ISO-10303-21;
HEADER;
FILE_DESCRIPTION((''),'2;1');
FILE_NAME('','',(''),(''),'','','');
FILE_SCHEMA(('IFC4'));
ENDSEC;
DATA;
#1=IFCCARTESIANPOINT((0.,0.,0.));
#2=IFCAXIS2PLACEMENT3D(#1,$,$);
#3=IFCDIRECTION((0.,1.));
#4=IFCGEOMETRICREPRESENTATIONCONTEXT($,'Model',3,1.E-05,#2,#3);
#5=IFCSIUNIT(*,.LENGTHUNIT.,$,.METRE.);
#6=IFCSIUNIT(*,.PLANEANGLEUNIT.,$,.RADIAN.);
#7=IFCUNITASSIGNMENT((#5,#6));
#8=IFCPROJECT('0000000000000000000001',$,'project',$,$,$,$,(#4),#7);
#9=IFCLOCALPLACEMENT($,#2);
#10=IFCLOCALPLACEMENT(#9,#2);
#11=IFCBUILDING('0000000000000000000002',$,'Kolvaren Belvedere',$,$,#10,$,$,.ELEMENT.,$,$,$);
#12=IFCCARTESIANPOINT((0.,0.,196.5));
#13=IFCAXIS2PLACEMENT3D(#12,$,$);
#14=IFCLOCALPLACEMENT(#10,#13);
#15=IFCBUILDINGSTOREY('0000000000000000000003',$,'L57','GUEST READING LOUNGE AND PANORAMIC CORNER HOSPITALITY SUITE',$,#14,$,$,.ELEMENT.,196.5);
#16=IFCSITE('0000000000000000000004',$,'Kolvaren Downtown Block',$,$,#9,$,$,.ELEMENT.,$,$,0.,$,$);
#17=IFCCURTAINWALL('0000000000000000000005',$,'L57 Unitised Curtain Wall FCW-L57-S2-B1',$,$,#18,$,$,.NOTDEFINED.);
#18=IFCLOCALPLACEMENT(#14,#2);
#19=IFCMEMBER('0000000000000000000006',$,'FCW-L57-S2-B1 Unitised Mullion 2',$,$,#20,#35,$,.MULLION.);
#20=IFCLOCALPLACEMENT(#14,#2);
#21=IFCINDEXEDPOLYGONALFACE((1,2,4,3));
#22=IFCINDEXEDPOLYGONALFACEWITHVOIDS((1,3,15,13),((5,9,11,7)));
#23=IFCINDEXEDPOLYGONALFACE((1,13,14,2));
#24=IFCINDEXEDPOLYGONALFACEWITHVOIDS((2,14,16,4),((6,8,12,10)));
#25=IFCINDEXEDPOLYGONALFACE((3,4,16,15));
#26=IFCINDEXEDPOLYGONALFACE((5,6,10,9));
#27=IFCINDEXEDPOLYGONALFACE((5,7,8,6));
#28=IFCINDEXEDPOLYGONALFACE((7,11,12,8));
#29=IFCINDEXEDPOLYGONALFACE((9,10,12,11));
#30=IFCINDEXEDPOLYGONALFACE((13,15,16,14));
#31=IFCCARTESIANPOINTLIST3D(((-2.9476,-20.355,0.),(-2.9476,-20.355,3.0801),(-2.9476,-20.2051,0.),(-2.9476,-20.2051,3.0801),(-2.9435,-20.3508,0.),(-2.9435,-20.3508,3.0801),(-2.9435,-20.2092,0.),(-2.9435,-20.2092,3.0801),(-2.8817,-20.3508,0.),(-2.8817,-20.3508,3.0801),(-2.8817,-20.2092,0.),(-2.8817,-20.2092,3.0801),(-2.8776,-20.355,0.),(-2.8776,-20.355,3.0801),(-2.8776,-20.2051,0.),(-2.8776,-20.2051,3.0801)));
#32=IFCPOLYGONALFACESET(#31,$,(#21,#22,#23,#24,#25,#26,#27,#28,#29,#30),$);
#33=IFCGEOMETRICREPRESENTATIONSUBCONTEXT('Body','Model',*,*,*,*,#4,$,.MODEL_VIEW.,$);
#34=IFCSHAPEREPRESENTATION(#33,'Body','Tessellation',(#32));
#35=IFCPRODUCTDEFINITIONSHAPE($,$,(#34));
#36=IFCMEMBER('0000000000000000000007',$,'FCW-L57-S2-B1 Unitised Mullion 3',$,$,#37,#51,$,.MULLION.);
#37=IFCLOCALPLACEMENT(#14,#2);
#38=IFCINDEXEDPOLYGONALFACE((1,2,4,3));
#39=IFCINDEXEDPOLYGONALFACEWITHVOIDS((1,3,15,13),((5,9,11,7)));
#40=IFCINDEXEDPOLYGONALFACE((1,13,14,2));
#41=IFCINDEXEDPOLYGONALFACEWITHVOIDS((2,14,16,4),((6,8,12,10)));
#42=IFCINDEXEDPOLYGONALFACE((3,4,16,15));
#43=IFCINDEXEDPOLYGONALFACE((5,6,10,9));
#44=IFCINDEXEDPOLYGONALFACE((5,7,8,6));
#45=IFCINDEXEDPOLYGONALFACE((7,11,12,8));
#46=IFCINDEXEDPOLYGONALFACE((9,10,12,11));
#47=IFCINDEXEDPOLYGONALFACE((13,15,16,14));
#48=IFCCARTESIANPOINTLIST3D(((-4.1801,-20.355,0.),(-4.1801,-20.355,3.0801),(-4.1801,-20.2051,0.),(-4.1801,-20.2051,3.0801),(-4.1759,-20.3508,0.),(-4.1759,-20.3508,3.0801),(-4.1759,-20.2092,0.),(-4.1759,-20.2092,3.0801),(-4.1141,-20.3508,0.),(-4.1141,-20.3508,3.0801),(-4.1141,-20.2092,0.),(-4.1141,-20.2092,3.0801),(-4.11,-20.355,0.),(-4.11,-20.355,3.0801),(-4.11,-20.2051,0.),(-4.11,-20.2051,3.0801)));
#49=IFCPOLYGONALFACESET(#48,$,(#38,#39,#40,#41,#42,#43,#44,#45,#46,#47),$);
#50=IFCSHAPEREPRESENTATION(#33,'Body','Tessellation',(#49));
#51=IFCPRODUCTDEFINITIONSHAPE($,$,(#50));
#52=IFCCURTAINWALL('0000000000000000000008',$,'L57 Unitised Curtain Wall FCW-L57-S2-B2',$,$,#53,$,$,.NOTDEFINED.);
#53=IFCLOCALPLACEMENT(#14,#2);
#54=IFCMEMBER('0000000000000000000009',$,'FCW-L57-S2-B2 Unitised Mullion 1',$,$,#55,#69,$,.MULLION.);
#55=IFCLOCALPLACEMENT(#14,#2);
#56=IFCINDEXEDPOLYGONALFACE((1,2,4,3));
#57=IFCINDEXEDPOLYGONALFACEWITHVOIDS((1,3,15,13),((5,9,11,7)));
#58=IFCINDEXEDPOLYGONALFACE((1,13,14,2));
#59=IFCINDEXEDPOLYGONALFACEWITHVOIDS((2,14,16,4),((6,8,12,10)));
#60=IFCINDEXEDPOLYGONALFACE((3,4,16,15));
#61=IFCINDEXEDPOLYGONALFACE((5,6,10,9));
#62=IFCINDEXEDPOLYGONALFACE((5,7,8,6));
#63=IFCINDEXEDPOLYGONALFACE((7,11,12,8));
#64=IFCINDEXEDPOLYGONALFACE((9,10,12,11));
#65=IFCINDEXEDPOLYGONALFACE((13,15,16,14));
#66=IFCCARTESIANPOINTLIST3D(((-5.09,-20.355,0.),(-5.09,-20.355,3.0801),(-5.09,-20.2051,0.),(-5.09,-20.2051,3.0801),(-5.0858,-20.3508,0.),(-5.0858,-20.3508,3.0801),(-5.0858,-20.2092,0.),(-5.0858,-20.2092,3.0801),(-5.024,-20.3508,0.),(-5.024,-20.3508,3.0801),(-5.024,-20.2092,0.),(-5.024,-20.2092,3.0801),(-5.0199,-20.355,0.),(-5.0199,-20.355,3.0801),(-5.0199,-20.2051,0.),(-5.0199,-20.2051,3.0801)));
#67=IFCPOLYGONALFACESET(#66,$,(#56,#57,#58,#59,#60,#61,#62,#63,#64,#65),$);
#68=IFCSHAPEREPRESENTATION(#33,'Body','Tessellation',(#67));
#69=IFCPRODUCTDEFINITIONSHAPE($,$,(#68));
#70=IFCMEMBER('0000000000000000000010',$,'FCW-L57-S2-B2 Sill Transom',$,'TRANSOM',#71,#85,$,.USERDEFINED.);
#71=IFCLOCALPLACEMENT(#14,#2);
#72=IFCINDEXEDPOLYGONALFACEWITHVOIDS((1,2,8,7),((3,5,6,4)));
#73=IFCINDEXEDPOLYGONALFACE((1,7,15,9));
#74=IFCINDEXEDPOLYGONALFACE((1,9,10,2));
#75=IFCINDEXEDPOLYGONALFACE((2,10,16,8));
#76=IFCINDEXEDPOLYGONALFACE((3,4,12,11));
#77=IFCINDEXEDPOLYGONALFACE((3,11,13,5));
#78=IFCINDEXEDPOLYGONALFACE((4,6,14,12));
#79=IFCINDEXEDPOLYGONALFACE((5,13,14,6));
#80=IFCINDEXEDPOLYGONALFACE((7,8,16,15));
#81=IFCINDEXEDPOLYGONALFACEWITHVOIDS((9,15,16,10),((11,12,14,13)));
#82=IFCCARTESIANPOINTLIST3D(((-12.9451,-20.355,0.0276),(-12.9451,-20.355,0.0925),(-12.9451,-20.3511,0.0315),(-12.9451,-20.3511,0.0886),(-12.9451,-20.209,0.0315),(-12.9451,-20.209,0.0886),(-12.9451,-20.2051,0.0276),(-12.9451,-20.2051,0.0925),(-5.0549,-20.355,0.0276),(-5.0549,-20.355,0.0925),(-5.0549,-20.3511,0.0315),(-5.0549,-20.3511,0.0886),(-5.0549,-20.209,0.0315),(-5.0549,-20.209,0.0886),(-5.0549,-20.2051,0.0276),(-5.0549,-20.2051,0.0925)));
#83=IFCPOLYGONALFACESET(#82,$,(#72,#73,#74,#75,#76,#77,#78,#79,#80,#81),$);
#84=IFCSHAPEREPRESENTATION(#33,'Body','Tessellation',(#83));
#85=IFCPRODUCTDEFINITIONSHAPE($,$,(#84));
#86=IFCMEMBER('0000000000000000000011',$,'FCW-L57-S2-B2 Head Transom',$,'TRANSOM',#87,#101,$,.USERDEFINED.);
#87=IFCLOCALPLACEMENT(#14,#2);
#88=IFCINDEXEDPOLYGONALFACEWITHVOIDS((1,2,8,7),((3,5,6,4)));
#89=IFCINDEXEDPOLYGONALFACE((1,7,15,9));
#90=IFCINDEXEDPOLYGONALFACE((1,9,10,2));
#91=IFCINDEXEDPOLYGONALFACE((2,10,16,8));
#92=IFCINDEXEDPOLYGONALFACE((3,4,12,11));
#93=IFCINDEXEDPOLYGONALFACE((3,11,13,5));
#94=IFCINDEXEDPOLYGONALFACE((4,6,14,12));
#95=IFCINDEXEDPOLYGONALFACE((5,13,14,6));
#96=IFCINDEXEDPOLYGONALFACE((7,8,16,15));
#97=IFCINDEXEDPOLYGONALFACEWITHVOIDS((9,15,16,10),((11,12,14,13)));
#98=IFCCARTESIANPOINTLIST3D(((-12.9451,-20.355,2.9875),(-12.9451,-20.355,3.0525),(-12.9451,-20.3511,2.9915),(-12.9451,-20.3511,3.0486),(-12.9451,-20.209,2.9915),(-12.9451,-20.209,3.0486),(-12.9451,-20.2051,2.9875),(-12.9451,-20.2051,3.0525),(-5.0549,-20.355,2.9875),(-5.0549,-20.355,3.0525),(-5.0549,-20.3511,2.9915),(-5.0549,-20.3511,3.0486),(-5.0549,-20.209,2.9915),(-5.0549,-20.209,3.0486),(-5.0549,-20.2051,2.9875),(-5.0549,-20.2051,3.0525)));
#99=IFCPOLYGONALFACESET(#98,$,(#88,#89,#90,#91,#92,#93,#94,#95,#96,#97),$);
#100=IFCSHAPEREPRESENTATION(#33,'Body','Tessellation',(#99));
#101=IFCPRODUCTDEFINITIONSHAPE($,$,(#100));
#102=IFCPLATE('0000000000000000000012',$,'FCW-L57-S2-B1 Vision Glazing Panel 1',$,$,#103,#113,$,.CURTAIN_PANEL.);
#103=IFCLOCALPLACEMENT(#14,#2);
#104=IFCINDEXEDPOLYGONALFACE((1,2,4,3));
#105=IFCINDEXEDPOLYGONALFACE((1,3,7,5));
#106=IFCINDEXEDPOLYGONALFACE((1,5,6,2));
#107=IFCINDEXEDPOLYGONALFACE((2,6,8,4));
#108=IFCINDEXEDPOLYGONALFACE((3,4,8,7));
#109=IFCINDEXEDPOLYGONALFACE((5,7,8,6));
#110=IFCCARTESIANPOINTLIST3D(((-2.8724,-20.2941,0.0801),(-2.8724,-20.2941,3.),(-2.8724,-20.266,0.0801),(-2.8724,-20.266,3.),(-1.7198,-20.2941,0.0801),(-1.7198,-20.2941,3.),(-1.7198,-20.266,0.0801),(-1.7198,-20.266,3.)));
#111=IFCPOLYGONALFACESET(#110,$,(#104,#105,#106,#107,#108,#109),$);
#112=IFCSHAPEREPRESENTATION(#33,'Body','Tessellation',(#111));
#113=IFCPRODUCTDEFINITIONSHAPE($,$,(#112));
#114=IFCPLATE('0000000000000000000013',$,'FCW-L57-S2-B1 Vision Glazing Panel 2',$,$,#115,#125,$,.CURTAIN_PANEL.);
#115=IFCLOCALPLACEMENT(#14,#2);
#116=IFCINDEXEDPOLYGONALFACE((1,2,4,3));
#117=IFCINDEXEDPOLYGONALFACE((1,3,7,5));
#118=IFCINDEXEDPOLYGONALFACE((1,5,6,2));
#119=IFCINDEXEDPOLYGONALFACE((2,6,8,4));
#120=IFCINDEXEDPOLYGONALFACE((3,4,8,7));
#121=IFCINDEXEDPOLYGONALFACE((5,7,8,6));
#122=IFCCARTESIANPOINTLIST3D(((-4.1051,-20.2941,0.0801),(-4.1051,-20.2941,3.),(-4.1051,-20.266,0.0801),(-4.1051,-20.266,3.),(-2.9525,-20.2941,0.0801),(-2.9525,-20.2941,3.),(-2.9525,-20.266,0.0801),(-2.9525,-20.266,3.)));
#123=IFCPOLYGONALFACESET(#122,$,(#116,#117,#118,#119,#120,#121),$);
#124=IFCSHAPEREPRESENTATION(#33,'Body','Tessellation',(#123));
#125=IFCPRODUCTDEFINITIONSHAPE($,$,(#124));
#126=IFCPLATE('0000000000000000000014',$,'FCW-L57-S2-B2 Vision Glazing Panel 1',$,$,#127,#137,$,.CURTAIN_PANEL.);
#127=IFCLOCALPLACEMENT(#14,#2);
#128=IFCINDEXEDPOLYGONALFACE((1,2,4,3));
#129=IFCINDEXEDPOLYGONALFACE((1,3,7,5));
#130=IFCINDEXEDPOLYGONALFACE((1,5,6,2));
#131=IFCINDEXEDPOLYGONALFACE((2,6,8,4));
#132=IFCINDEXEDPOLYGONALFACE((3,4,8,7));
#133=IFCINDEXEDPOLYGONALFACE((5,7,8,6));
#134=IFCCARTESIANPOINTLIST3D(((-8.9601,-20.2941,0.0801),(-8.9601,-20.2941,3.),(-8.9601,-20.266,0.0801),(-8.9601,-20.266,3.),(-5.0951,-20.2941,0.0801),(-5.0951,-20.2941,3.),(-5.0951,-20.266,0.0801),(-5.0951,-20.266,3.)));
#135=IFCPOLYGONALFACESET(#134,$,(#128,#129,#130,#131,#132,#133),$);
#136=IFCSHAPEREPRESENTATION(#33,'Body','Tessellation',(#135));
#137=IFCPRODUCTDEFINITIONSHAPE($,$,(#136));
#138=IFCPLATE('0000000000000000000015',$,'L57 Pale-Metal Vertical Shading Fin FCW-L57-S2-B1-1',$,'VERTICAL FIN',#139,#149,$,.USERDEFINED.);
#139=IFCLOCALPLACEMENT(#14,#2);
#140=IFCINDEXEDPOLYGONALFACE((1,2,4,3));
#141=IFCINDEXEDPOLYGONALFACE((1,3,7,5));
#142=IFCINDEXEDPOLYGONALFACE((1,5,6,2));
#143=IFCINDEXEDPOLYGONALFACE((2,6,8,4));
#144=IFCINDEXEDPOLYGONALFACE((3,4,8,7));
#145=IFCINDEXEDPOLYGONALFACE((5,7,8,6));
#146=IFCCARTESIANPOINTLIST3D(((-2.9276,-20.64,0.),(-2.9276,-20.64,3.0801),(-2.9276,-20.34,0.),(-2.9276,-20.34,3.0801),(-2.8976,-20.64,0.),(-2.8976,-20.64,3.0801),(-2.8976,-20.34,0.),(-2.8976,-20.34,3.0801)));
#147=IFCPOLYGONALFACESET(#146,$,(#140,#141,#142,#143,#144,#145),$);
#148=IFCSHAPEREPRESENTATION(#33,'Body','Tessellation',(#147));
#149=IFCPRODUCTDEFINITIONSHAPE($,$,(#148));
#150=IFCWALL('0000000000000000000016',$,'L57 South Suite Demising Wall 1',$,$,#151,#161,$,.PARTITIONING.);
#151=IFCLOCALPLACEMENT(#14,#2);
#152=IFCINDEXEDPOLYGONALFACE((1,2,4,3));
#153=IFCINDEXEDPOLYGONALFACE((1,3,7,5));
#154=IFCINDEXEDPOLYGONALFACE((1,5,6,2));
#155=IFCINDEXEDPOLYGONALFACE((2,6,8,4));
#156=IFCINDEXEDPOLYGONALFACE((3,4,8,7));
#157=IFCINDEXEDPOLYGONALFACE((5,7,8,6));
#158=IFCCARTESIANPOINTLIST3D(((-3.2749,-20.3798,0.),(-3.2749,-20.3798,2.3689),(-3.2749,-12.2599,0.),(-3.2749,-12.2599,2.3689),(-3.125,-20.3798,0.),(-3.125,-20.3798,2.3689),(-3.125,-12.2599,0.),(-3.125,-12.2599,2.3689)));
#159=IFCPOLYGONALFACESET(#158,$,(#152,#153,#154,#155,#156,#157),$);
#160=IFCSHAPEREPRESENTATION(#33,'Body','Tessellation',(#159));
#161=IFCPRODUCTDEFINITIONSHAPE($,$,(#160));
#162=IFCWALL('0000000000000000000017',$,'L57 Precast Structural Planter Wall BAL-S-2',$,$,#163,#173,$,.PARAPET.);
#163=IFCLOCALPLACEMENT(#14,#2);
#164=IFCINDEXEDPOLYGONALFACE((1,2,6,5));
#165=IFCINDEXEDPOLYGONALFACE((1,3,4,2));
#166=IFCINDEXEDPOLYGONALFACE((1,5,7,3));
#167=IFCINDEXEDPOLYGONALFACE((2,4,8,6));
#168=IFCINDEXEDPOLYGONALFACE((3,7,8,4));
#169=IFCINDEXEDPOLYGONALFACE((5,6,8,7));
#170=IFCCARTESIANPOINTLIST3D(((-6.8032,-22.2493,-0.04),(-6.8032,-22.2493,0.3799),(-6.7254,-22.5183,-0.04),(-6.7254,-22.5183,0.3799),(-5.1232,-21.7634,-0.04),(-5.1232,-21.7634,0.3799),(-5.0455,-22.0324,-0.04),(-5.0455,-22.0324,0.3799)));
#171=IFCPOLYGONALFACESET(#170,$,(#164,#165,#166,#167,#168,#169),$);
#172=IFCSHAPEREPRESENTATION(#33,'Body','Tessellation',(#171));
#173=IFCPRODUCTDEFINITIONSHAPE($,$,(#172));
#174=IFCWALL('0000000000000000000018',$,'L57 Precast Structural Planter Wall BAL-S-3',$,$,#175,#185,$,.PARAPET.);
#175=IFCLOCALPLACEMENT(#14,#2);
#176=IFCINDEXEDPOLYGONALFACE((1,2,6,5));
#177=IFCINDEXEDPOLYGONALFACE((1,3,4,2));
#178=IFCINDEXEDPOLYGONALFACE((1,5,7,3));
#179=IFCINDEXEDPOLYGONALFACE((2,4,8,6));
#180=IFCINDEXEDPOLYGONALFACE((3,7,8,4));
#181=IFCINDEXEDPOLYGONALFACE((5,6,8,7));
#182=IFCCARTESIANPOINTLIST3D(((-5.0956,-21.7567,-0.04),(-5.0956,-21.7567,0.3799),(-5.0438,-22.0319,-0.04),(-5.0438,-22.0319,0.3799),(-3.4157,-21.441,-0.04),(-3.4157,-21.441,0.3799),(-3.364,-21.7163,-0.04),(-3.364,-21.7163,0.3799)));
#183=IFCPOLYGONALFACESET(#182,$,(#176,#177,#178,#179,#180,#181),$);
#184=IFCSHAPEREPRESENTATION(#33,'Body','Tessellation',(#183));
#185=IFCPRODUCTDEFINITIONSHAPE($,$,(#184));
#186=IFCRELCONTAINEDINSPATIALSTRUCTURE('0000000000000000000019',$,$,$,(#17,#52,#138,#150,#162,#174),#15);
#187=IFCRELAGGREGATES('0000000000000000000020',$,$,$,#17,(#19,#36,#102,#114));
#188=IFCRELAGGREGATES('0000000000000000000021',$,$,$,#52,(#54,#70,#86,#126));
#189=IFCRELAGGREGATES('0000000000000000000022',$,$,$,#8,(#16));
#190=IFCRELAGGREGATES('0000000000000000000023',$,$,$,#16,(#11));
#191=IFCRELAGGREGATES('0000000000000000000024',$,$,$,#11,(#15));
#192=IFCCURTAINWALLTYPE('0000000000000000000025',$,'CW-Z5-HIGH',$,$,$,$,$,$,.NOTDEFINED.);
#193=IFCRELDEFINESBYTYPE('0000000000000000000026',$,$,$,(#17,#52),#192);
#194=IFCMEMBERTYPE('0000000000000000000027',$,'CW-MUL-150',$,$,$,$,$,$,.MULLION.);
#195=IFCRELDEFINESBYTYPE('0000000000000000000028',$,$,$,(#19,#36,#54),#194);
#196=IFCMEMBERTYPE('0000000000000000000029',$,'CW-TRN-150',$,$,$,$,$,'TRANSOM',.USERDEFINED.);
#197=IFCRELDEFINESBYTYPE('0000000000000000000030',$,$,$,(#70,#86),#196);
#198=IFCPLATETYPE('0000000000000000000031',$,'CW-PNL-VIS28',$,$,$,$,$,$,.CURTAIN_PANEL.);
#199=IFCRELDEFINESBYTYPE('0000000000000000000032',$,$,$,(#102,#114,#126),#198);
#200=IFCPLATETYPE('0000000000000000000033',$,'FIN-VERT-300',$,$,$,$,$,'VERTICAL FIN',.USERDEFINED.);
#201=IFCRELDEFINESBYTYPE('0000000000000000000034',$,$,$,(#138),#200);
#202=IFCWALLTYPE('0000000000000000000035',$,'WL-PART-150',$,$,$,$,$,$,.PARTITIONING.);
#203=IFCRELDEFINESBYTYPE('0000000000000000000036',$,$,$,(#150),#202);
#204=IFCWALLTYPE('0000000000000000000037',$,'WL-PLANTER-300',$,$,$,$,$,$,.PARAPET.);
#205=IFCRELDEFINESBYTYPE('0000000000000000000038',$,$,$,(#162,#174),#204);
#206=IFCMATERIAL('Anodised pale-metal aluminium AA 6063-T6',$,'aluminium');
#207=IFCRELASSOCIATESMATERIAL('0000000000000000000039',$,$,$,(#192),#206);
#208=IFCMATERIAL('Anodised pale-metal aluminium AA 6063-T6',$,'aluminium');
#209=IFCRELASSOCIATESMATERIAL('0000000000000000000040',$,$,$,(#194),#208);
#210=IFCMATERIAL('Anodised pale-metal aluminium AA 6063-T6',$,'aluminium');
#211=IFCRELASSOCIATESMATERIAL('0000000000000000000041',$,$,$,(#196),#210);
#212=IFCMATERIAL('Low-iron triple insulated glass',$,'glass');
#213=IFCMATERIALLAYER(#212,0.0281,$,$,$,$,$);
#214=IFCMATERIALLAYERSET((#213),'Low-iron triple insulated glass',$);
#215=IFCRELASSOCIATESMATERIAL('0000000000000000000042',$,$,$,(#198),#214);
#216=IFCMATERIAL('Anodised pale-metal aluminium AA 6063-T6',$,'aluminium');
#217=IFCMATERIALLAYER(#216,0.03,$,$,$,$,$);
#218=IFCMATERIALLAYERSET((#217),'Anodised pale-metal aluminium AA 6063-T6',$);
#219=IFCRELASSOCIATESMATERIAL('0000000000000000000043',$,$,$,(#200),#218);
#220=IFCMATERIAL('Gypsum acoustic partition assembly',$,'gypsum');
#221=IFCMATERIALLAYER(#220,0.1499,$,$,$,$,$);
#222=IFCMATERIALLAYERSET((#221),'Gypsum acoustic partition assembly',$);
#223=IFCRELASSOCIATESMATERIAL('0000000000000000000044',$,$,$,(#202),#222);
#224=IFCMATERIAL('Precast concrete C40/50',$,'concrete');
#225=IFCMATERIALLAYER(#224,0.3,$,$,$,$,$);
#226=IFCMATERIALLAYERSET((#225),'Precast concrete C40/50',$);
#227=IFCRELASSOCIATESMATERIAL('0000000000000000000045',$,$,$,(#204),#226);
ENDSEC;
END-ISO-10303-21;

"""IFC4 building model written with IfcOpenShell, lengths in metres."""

from ifc_helpers import new_model, si_unit, direction, frame, frame_2d, origin, origin_2d, place, context, subcontext, project, spatial, rectangle, hollow_rectangle, extrude, material, layer, layer_set, material_profile, profile_set, type_object, element, aggregate, save


model = new_model("IFC4")

# Units and contexts
model_context = context("Model", 3, precision=1e-05, world=origin(), true_north=direction((0.0, 1.0)))
body_context = subcontext(model_context, "Body", "Model", "MODEL_VIEW")
ifc_project = project(units=[si_unit("LENGTHUNIT", "METRE"), si_unit("PLANEANGLEUNIT", "RADIAN")], contexts=[model_context])

# Site, building, storey
site_placement = place(None, origin())
site = spatial("IfcSite", under=ifc_project, at=site_placement, Name="Kolvaren Downtown Block", CompositionType="ELEMENT", RefElevation=0.0)
building_placement = place(site_placement, origin())
building = spatial("IfcBuilding", under=site, at=building_placement, Name="Kolvaren Belvedere", CompositionType="ELEMENT")
storey_placement = place(building_placement, frame((0.0, 0.0, 196.5)))
storey = spatial("IfcBuildingStorey", under=building, at=storey_placement, Name="L57", Description="GUEST READING LOUNGE AND PANORAMIC CORNER HOSPITALITY SUITE", CompositionType="ELEMENT", Elevation=196.5)

# Curtain walls, members
ifc_material_1 = material(Name="Anodised pale-metal aluminium AA 6063-T6", Category="aluminium")
curtain_wall_type = type_object("IfcCurtainWallType", Name="CW-Z5-HIGH", PredefinedType="NOTDEFINED", material=ifc_material_1)
curtain_wall_1_placement = place(storey_placement, origin())
curtain_wall_1 = element("IfcCurtainWall", 1, at=curtain_wall_1_placement, inside=storey, type_object=curtain_wall_type, Name="L57 Unitised Curtain Wall FCW-L57-S2-B1", PredefinedType="NOTDEFINED")
ifc_material_2 = material(Name="Anodised pale-metal aluminium AA 6063-T6", Category="aluminium")
ifc_material_profile_1 = material_profile(ifc_material_2, hollow_rectangle(XDim=0.0701, YDim=0.1499, WallThickness=0.0042, at=origin_2d()), Name="ALU-MUL-150X70")
ifc_profile_set_1 = profile_set([ifc_material_profile_1], Name="Anodised pale-metal aluminium AA 6063-T6")
member_type_1 = type_object("IfcMemberType", Name="CW-MUL-150", PredefinedType="MULLION", material=ifc_profile_set_1)
member_1_placement = place(storey_placement, frame((-2.9126, -20.28, 0.0), z_axis=(0.0, 0.0, 1.0), x_axis=(1.0, 0.0, 0.0)))
member_1 = element("IfcMember", 2, at=member_1_placement, type_object=member_type_1, Name="FCW-L57-S2-B1 Unitised Mullion 2", PredefinedType="MULLION", context=body_context, shape_type="SweptSolid", body=[
    extrude(hollow_rectangle(XDim=0.0701, YDim=0.1499, WallThickness=0.0042, at=origin_2d()), origin(), (0.0, 0.0, 1.0), 3.0801),
])
member_2_placement = place(storey_placement, frame((-4.145, -20.28, 0.0), z_axis=(0.0, 0.0, 1.0), x_axis=(1.0, 0.0, 0.0)))
member_2 = element("IfcMember", 3, at=member_2_placement, type_object=member_type_1, Name="FCW-L57-S2-B1 Unitised Mullion 3", PredefinedType="MULLION", context=body_context, shape_type="SweptSolid", body=[
    extrude(hollow_rectangle(XDim=0.0701, YDim=0.1499, WallThickness=0.0042, at=origin_2d()), origin(), (0.0, 0.0, 1.0), 3.0801),
])
curtain_wall_2_placement = place(storey_placement, origin())
curtain_wall_2 = element("IfcCurtainWall", 4, at=curtain_wall_2_placement, inside=storey, type_object=curtain_wall_type, Name="L57 Unitised Curtain Wall FCW-L57-S2-B2", PredefinedType="NOTDEFINED")
member_3_placement = place(storey_placement, frame((-5.0549, -20.28, 0.0), z_axis=(0.0, 0.0, 1.0), x_axis=(1.0, 0.0, 0.0)))
member_3 = element("IfcMember", 5, at=member_3_placement, type_object=member_type_1, Name="FCW-L57-S2-B2 Unitised Mullion 1", PredefinedType="MULLION", context=body_context, shape_type="SweptSolid", body=[
    extrude(hollow_rectangle(XDim=0.0701, YDim=0.1499, WallThickness=0.0042, at=origin_2d()), origin(), (0.0, 0.0, 1.0), 3.0801),
])
ifc_material_3 = material(Name="Anodised pale-metal aluminium AA 6063-T6", Category="aluminium")
ifc_material_profile_2 = material_profile(ifc_material_3, hollow_rectangle(XDim=0.0649, YDim=0.1499, WallThickness=0.0039, at=origin_2d()), Name="ALU-TRN-150X65")
ifc_profile_set_2 = profile_set([ifc_material_profile_2], Name="Anodised pale-metal aluminium AA 6063-T6")
member_type_2 = type_object("IfcMemberType", Name="CW-TRN-150", ElementType="TRANSOM", PredefinedType="USERDEFINED", material=ifc_profile_set_2)
member_4_placement = place(storey_placement, frame((-5.0549, -20.28, 0.0601), z_axis=(-1.0, 0.0, 0.0), x_axis=(0.0, 0.0, 1.0)))
member_4 = element("IfcMember", 6, at=member_4_placement, type_object=member_type_2, Name="FCW-L57-S2-B2 Sill Transom", ObjectType="TRANSOM", PredefinedType="USERDEFINED", context=body_context, shape_type="SweptSolid", body=[
    extrude(hollow_rectangle(XDim=0.0649, YDim=0.1499, WallThickness=0.0039, at=origin_2d()), origin(), (0.0, 0.0, 1.0), 7.8901),
])
member_5_placement = place(storey_placement, frame((-5.0549, -20.28, 3.02), z_axis=(-1.0, 0.0, 0.0), x_axis=(0.0, 0.0, 1.0)))
member_5 = element("IfcMember", 7, at=member_5_placement, type_object=member_type_2, Name="FCW-L57-S2-B2 Head Transom", ObjectType="TRANSOM", PredefinedType="USERDEFINED", context=body_context, shape_type="SweptSolid", body=[
    extrude(hollow_rectangle(XDim=0.0649, YDim=0.1499, WallThickness=0.0039, at=origin_2d()), origin(), (0.0, 0.0, 1.0), 7.8901),
])

# Plates
ifc_material_4 = material(Name="Low-iron triple insulated glass", Category="glass")
ifc_layer_1 = layer(ifc_material_4, 0.0281)
ifc_layer_set_1 = layer_set([ifc_layer_1], Name="Low-iron triple insulated glass")
plate_type_1 = type_object("IfcPlateType", Name="CW-PNL-VIS28", PredefinedType="CURTAIN_PANEL", material=ifc_layer_set_1)
plate_1_placement = place(storey_placement, frame((-2.2961, -20.28, 0.0801), z_axis=(0.0, 0.0, 1.0), x_axis=(-1.0, 0.0, 0.0)))
plate_1 = element("IfcPlate", 8, at=plate_1_placement, type_object=plate_type_1, Name="FCW-L57-S2-B1 Vision Glazing Panel 1", PredefinedType="CURTAIN_PANEL", context=body_context, shape_type="SweptSolid", body=[
    extrude(rectangle(XDim=1.1526, YDim=0.0281, at=origin_2d()), origin(), (0.0, 0.0, 1.0), 2.9199),
])
plate_2_placement = place(storey_placement, frame((-3.5288, -20.28, 0.0801), z_axis=(0.0, 0.0, 1.0), x_axis=(-1.0, 0.0, 0.0)))
plate_2 = element("IfcPlate", 9, at=plate_2_placement, type_object=plate_type_1, Name="FCW-L57-S2-B1 Vision Glazing Panel 2", PredefinedType="CURTAIN_PANEL", context=body_context, shape_type="SweptSolid", body=[
    extrude(rectangle(XDim=1.1526, YDim=0.0281, at=origin_2d()), origin(), (0.0, 0.0, 1.0), 2.9199),
])
aggregate(curtain_wall_1, [member_1, member_2, plate_1, plate_2])
plate_3_placement = place(storey_placement, frame((-7.0276, -20.28, 0.0801), z_axis=(0.0, 0.0, 1.0), x_axis=(-1.0, 0.0, 0.0)))
plate_3 = element("IfcPlate", 10, at=plate_3_placement, type_object=plate_type_1, Name="FCW-L57-S2-B2 Vision Glazing Panel 1", PredefinedType="CURTAIN_PANEL", context=body_context, shape_type="SweptSolid", body=[
    extrude(rectangle(XDim=3.865, YDim=0.0281, at=origin_2d()), origin(), (0.0, 0.0, 1.0), 2.9199),
])
aggregate(curtain_wall_2, [member_3, member_4, member_5, plate_3])
ifc_material_5 = material(Name="Anodised pale-metal aluminium AA 6063-T6", Category="aluminium")
ifc_layer_2 = layer(ifc_material_5, 0.03)
ifc_layer_set_2 = layer_set([ifc_layer_2], Name="Anodised pale-metal aluminium AA 6063-T6")
plate_type_2 = type_object("IfcPlateType", Name="FIN-VERT-300", ElementType="VERTICAL FIN", PredefinedType="USERDEFINED", material=ifc_layer_set_2)
plate_4_placement = place(storey_placement, frame((-2.9126, -20.49, 0.0), z_axis=(0.0, 0.0, 1.0), x_axis=(0.0, 1.0, 0.0)))
element("IfcPlate", 11, at=plate_4_placement, inside=storey, type_object=plate_type_2, Name="L57 Pale-Metal Vertical Shading Fin FCW-L57-S2-B1-1", ObjectType="VERTICAL FIN", PredefinedType="USERDEFINED", context=body_context, shape_type="SweptSolid", body=[
    extrude(rectangle(XDim=0.3, YDim=0.03, at=origin_2d()), origin(), (0.0, 0.0, 1.0), 3.0801),
])

# Walls
ifc_material_6 = material(Name="Gypsum acoustic partition assembly", Category="gypsum")
ifc_layer_3 = layer(ifc_material_6, 0.1499)
ifc_layer_set_3 = layer_set([ifc_layer_3], Name="Gypsum acoustic partition assembly")
wall_type_1 = type_object("IfcWallType", Name="WL-PART-150", PredefinedType="PARTITIONING", material=ifc_layer_set_3)
wall_1_placement = place(storey_placement, frame((-3.2, -20.3799, 0.0), z_axis=(0.0, 0.0, 1.0), x_axis=(0.0, 1.0, 0.0)))
element("IfcWall", 12, at=wall_1_placement, inside=storey, type_object=wall_type_1, Name="L57 South Suite Demising Wall 1", PredefinedType="PARTITIONING", context=body_context, shape_type="SweptSolid", body=[
    extrude(rectangle(XDim=8.1199, YDim=0.1499, at=frame_2d((4.0601, 0.0))), origin(), (0.0, 0.0, 1.0), 2.3689),
])
ifc_material_7 = material(Name="Precast concrete C40/50", Category="concrete")
ifc_layer_4 = layer(ifc_material_7, 0.3)
ifc_layer_set_4 = layer_set([ifc_layer_4], Name="Precast concrete C40/50")
wall_type_2 = type_object("IfcWallType", Name="WL-PLANTER-300", PredefinedType="PARAPET", material=ifc_layer_set_4)
wall_2_placement = place(storey_placement, frame((-6.7644, -22.3838, -0.04), z_axis=(0.0, 0.0, 1.0), x_axis=(0.960634, 0.277817, 0.0)))
element("IfcWall", 13, at=wall_2_placement, inside=storey, type_object=wall_type_2, Name="L57 Precast Structural Planter Wall BAL-S-2", PredefinedType="PARAPET", context=body_context, shape_type="SweptSolid", body=[
    extrude(rectangle(XDim=1.7488, YDim=0.28, at=frame_2d((0.8745, 0.0))), origin(), (0.0, 0.0, 1.0), 0.4199),
])
wall_3_placement = place(storey_placement, frame((-5.0696, -21.8943, -0.04), z_axis=(0.0, 0.0, 1.0), x_axis=(0.982799, 0.184677, 0.0)))
element("IfcWall", 14, at=wall_3_placement, inside=storey, type_object=wall_type_2, Name="L57 Precast Structural Planter Wall BAL-S-3", PredefinedType="PARAPET", context=body_context, shape_type="SweptSolid", body=[
    extrude(rectangle(XDim=1.7092, YDim=0.28, at=frame_2d((0.8545, 0.0))), origin(), (0.0, 0.0, 1.0), 0.4199),
])

save(model, "model.ifc")
